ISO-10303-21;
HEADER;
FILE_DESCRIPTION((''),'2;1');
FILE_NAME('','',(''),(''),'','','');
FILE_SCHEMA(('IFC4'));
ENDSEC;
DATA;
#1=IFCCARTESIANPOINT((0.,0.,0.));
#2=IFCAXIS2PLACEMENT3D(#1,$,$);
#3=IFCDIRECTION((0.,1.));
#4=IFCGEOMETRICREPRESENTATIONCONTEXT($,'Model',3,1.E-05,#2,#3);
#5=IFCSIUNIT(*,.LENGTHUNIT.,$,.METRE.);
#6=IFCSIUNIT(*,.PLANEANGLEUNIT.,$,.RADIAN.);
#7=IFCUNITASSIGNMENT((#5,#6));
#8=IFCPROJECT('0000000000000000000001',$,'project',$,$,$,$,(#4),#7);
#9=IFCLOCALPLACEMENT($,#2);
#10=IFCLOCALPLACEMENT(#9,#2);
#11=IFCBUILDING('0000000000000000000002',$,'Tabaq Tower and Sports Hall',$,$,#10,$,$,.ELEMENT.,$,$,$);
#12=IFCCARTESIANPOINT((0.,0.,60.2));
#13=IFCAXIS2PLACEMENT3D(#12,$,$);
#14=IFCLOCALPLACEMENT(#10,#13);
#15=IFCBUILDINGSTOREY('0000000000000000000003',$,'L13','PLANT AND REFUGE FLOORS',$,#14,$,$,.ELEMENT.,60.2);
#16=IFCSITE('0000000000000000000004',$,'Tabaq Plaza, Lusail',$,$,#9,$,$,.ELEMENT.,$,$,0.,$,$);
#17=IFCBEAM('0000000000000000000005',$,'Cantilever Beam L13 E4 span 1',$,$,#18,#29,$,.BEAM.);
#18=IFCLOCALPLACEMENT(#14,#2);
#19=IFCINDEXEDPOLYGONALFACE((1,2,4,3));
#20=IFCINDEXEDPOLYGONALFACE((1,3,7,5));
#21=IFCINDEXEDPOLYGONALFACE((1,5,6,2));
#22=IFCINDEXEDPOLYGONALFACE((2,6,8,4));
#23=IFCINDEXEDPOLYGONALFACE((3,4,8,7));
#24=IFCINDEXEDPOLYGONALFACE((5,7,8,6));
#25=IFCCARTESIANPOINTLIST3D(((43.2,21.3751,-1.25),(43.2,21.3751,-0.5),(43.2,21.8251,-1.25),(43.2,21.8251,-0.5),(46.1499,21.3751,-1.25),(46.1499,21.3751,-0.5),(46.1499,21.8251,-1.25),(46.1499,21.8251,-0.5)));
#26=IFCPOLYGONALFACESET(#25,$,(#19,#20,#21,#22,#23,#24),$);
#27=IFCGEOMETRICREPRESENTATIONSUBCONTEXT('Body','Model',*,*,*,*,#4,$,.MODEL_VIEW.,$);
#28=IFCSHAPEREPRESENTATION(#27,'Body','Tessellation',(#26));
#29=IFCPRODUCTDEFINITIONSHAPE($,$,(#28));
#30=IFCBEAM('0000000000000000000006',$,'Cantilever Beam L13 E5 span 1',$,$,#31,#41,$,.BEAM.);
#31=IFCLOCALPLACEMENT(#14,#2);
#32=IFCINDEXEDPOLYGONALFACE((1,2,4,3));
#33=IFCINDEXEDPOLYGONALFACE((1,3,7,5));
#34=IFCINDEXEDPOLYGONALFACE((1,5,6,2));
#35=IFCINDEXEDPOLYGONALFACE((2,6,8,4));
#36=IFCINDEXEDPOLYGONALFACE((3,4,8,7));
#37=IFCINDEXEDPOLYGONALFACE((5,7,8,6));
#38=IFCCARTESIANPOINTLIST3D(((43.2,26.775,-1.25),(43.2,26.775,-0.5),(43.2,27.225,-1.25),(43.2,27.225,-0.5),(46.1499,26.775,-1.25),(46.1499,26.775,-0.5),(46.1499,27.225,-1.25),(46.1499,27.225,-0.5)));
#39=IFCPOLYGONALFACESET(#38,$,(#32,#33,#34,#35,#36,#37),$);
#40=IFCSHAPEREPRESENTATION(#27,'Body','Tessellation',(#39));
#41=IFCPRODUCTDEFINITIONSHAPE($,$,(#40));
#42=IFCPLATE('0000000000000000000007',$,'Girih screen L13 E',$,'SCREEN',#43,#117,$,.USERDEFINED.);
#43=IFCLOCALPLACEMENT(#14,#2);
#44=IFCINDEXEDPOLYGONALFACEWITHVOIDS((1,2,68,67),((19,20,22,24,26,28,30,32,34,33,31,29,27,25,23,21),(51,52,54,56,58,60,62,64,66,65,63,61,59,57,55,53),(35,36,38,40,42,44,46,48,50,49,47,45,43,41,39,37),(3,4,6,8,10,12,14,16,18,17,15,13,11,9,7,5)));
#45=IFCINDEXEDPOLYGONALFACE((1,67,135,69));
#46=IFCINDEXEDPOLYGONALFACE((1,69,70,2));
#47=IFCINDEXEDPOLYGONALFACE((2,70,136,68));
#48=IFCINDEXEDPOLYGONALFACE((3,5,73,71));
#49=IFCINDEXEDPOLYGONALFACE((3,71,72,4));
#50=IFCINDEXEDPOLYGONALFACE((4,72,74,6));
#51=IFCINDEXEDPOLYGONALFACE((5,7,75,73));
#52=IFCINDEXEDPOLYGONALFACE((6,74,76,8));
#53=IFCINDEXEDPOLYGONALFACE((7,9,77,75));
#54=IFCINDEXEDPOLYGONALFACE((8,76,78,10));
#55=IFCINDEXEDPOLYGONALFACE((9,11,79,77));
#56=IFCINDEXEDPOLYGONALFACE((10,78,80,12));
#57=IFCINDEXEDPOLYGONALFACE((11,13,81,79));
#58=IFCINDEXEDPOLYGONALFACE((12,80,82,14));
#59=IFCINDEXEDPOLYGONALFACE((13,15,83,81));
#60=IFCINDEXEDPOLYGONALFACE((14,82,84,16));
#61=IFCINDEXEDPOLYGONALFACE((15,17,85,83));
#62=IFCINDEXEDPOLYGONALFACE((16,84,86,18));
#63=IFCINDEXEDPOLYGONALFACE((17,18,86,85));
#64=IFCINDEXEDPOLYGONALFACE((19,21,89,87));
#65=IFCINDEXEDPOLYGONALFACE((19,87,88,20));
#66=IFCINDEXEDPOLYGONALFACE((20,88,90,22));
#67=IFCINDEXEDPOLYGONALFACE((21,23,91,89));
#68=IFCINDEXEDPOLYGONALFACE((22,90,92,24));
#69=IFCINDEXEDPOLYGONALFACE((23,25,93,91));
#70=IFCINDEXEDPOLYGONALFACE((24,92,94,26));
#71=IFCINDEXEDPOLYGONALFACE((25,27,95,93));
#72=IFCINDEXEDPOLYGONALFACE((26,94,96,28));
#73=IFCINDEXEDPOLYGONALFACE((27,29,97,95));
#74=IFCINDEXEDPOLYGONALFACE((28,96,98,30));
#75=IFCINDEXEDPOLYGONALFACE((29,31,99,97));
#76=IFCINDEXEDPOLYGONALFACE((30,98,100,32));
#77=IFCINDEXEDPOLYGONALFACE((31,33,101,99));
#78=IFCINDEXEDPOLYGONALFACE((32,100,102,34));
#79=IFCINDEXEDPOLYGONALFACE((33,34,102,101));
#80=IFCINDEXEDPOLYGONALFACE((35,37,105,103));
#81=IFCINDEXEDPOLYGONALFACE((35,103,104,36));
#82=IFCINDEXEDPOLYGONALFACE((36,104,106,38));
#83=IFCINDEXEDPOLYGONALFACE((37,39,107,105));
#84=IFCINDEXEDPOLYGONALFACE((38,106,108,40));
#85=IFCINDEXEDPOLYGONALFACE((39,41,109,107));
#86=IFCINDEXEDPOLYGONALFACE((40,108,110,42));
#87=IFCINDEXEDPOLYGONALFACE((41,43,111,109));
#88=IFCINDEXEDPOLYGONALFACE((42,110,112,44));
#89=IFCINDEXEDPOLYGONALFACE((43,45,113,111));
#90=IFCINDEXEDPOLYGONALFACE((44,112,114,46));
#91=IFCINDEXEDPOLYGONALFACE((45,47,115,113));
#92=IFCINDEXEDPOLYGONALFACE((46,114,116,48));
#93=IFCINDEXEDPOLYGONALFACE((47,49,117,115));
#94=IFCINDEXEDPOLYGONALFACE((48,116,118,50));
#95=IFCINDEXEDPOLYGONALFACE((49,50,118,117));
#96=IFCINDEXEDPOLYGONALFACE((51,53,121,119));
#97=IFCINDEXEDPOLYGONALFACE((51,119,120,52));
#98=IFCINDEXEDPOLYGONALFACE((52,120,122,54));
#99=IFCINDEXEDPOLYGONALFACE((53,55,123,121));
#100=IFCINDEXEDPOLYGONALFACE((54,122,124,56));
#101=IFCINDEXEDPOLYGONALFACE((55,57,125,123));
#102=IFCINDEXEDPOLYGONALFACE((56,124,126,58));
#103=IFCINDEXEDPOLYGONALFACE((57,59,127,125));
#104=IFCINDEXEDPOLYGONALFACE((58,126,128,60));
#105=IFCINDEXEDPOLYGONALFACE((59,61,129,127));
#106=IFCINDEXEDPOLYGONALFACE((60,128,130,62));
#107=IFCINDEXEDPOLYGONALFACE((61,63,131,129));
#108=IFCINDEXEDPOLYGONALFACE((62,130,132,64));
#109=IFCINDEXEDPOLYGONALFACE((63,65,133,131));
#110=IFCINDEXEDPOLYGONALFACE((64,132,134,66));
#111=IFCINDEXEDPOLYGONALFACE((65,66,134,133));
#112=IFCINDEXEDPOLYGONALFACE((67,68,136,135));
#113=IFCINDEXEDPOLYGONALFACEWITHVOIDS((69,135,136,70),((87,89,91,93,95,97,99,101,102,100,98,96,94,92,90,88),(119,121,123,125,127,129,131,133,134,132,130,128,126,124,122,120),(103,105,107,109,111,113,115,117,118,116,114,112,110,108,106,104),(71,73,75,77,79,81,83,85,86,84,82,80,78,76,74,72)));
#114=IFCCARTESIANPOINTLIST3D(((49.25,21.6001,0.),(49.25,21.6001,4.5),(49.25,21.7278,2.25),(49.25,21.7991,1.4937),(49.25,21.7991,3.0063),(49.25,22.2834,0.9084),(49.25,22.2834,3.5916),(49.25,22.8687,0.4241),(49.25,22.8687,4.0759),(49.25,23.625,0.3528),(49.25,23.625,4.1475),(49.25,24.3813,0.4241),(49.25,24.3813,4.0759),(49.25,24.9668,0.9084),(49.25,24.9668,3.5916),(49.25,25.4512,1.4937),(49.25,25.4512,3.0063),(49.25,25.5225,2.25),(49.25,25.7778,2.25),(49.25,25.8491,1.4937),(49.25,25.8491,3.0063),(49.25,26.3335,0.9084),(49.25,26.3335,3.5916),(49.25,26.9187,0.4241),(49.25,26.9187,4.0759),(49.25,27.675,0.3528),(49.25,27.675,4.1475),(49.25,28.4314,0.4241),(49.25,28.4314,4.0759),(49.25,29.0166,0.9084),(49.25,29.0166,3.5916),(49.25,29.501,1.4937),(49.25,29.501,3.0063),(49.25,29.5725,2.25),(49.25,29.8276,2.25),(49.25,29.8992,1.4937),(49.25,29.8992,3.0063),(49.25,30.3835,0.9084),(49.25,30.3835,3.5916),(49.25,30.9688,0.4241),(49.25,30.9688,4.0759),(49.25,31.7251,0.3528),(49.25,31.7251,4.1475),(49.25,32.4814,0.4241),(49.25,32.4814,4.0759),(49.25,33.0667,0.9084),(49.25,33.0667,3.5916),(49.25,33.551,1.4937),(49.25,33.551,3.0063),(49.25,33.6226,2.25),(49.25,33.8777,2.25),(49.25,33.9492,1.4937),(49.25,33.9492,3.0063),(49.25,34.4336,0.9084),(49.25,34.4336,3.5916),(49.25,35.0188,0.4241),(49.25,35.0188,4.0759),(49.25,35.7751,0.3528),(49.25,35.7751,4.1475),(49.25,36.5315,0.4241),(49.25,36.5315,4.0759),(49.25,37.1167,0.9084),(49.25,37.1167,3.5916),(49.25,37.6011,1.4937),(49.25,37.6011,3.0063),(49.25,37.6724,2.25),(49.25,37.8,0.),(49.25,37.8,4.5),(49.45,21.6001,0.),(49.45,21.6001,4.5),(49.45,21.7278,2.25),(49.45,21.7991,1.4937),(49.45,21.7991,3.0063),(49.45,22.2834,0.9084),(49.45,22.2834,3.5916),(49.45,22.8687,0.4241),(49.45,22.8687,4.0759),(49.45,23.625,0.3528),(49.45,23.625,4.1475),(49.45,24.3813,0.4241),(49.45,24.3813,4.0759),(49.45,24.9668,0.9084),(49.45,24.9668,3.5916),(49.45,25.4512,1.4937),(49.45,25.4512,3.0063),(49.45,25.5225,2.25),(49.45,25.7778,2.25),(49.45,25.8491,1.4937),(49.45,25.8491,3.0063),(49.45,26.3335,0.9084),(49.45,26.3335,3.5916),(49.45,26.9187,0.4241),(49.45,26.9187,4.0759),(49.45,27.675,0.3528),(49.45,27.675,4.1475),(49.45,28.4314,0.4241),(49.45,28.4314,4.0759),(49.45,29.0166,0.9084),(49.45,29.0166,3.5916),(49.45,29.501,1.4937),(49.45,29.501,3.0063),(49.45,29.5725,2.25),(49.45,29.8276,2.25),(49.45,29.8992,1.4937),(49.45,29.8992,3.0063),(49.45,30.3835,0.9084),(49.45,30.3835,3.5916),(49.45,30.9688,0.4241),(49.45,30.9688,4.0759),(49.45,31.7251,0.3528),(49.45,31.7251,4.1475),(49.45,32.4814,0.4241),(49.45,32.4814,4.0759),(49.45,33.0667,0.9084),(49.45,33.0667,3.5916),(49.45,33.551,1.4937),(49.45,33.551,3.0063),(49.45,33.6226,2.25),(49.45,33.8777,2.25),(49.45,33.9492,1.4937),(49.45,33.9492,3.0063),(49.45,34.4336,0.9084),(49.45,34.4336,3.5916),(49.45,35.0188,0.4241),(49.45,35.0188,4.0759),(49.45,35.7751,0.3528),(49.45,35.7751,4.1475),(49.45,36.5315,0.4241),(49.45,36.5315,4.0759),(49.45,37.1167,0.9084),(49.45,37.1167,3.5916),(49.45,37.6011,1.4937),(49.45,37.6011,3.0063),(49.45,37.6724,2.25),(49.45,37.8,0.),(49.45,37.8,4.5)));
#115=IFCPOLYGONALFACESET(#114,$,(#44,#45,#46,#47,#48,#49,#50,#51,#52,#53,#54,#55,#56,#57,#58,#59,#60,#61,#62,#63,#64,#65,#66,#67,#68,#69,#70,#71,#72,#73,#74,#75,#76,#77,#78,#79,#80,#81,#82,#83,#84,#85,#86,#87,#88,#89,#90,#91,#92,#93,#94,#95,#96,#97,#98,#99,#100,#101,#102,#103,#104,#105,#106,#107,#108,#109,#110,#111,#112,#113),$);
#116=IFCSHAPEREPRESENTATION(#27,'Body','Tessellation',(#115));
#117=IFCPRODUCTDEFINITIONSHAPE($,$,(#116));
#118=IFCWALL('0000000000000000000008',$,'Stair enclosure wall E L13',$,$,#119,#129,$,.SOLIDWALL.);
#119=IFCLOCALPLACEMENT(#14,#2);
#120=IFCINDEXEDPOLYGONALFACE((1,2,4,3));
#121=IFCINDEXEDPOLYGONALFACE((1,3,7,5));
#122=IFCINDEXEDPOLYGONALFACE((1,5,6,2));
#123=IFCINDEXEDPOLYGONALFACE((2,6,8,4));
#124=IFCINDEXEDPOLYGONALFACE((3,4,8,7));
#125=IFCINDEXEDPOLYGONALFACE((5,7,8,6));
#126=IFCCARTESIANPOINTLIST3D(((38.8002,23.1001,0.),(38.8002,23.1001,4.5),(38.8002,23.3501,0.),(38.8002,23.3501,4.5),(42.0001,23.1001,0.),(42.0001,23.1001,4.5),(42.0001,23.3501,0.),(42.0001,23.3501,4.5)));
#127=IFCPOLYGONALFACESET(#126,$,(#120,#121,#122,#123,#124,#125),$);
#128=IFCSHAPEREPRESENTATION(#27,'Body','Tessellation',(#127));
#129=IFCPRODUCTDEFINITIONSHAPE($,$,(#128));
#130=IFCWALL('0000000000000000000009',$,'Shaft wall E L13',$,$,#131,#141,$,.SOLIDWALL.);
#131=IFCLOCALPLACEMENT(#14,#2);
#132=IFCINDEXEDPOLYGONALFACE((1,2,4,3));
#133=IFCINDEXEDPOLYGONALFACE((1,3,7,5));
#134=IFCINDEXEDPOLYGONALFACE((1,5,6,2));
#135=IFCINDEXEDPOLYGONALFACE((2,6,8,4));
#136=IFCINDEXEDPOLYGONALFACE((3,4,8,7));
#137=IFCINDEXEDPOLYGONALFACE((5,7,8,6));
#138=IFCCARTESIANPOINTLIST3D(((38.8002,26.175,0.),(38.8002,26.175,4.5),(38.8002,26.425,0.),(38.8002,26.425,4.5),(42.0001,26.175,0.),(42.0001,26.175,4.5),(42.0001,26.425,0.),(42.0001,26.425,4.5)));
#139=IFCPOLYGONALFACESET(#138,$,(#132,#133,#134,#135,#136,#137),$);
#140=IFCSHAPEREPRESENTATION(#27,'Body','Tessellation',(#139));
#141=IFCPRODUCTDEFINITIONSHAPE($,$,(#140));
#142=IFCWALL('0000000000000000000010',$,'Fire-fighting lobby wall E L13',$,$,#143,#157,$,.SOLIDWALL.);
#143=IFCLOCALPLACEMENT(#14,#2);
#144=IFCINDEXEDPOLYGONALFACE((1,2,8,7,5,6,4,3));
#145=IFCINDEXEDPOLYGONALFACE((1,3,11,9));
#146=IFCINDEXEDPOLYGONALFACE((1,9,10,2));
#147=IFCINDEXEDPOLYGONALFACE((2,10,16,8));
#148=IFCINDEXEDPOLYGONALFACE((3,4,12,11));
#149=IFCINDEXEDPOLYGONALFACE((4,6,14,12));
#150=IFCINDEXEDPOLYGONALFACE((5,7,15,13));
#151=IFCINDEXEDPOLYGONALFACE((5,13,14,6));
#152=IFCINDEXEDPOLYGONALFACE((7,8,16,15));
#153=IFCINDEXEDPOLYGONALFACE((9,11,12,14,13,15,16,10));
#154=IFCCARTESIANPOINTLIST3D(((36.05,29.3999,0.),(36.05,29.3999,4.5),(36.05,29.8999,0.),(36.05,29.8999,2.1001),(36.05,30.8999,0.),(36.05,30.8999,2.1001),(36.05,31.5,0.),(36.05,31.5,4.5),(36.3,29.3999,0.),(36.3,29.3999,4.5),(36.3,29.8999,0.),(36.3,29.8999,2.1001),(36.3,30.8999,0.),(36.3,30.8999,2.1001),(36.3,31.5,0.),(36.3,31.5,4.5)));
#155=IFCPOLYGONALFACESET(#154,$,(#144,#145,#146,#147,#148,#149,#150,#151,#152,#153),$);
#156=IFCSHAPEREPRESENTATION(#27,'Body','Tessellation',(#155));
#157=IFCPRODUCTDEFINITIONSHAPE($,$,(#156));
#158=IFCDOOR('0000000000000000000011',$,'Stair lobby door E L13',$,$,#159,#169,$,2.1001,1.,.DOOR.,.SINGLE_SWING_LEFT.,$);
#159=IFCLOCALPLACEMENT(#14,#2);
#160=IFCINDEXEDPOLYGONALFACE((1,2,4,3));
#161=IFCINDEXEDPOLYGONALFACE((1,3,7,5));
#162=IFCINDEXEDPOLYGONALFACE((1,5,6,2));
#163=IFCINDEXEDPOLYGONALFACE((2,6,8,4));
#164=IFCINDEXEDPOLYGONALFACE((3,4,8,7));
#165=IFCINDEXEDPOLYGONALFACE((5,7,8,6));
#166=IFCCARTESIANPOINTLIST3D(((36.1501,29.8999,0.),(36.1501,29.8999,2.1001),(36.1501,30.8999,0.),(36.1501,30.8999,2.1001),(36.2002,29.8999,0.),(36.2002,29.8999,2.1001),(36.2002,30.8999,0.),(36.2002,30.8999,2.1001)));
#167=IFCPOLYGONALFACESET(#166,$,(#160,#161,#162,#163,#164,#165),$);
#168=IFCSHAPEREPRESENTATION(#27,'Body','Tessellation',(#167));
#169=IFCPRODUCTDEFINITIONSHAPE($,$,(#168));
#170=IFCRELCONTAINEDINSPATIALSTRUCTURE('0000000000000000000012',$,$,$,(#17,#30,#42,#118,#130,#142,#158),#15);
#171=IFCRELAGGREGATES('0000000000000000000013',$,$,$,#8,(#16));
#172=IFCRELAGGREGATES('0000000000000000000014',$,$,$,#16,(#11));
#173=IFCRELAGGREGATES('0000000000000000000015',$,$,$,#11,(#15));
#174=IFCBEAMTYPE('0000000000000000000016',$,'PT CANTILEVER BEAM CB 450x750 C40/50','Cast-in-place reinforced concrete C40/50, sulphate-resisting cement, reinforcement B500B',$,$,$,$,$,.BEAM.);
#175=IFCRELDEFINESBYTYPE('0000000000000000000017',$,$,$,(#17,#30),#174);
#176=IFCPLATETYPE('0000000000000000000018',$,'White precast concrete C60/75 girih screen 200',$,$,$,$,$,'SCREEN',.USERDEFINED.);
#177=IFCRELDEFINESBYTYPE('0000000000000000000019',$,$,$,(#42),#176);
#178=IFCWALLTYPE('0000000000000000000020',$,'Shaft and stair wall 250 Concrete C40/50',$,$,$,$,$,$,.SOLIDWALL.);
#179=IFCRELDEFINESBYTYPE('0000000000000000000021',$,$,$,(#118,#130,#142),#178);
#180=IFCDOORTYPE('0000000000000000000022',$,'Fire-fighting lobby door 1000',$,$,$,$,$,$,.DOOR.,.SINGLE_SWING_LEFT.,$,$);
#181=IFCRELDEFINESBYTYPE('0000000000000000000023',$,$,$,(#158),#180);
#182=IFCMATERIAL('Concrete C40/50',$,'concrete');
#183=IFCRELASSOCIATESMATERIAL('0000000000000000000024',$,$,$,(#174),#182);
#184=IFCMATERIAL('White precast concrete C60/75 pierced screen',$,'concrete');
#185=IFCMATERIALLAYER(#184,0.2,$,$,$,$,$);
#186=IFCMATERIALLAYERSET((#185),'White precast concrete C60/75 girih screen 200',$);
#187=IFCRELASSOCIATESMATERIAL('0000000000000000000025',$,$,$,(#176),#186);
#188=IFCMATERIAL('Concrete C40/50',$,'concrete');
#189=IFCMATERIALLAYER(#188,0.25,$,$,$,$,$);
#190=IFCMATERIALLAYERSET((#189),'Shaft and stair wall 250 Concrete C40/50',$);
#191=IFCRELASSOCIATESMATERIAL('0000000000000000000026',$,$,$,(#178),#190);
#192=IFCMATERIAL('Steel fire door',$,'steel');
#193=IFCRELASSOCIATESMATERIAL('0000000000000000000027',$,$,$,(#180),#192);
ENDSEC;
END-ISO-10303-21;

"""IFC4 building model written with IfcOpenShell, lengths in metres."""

from ifc_helpers import new_model, si_unit, direction, frame, frame_2d, origin, origin_2d, place, context, subcontext, project, spatial, polyline, rectangle, outline, extrude, material, layer, layer_set, material_profile, profile_set, type_object, element, fill, save


model = new_model("IFC4")

# Units and contexts
model_context = context("Model", 3, precision=1e-05, world=origin(), true_north=direction((0.0, 1.0)))
body_context = subcontext(model_context, "Body", "Model", "MODEL_VIEW")
ifc_project = project(units=[si_unit("LENGTHUNIT", "METRE"), si_unit("PLANEANGLEUNIT", "RADIAN")], contexts=[model_context])

# Site, building, storey
site_placement = place(None, origin())
site = spatial("IfcSite", under=ifc_project, at=site_placement, Name="Tabaq Plaza, Lusail", CompositionType="ELEMENT", RefElevation=0.0)
building_placement = place(site_placement, origin())
building = spatial("IfcBuilding", under=site, at=building_placement, Name="Tabaq Tower and Sports Hall", CompositionType="ELEMENT")
storey_placement = place(building_placement, frame((0.0, 0.0, 60.2)))
storey = spatial("IfcBuildingStorey", under=building, at=storey_placement, Name="L13", Description="PLANT AND REFUGE FLOORS", CompositionType="ELEMENT", Elevation=60.2)

# Beams
ifc_material_1 = material(Name="Concrete C40/50", Category="concrete")
ifc_material_profile = material_profile(ifc_material_1, rectangle(XDim=0.45, YDim=0.75, at=origin_2d()), Name="CB 450x750")
ifc_profile_set = profile_set([ifc_material_profile], Name="Concrete C40/50")
beam_type = type_object("IfcBeamType", Name="PT CANTILEVER BEAM CB 450x750 C40/50", Description="Cast-in-place reinforced concrete C40/50, sulphate-resisting cement, reinforcement B500B", PredefinedType="BEAM", material=ifc_profile_set)
for number, where, z_axis, x_axis, name in (
    (1, (46.1499, 21.6001, -0.875), (-1.0, 0.0, 0.0), (0.0, -1.0, 0.0), "Cantilever Beam L13 E4 span 1"),
    (2, (46.1499, 27.0, -0.875), (-1.0, 0.0, 0.0), (0.0, -1.0, 0.0), "Cantilever Beam L13 E5 span 1"),
):
    element("IfcBeam", number, at=place(storey_placement, frame(where, z_axis=z_axis, x_axis=x_axis)), inside=storey, type_object=beam_type, Name=name, PredefinedType="BEAM", context=body_context, shape_type="SweptSolid", body=[
        extrude(rectangle(XDim=0.45, YDim=0.75, at=origin_2d()), origin(), (0.0, 0.0, 1.0), 2.95),
    ])

# Plate
ifc_material_2 = material(Name="White precast concrete C60/75 pierced screen", Category="concrete")
ifc_layer_1 = layer(ifc_material_2, 0.2)
ifc_layer_set_1 = layer_set([ifc_layer_1], Name="White precast concrete C60/75 girih screen 200")
plate_type = type_object("IfcPlateType", Name="White precast concrete C60/75 girih screen 200", ElementType="SCREEN", PredefinedType="USERDEFINED", material=ifc_layer_set_1)
plate_placement = place(storey_placement, frame((49.3501, 21.6001, 0.0), z_axis=(0.0, 0.0, 1.0), x_axis=(0.0, 1.0, 0.0)))
element("IfcPlate", 3, at=plate_placement, inside=storey, type_object=plate_type, Name="Girih screen L13 E", ObjectType="SCREEN", PredefinedType="USERDEFINED", context=body_context, shape_type="SweptSolid", body=[
    extrude(outline(polyline([(0.0, 0.0), (16.2, 0.0), (16.2, 4.5), (0.0, 4.5), (0.0, 0.0)]), holes=[polyline([(3.8511, 3.0063), (3.3667, 3.5916), (2.7812, 4.0759), (2.0249, 4.1475), (1.2686, 4.0759), (0.6833, 3.5916), (0.199, 3.0063), (0.1277, 2.25), (0.199, 1.4937), (0.6833, 0.9084), (1.2686, 0.4241), (2.0249, 0.3528), (2.7812, 0.4241), (3.3667, 0.9084), (3.8511, 1.4937), (3.9224, 2.25), (3.8511, 3.0063)]), polyline([(7.9009, 3.0063), (7.4165, 3.5916), (6.8313, 4.0759), (6.075, 4.1475), (5.3186, 4.0759), (4.7334, 3.5916), (4.249, 3.0063), (4.1777, 2.25), (4.249, 1.4937), (4.7334, 0.9084), (5.3186, 0.4241), (6.075, 0.3528), (6.8313, 0.4241), (7.4165, 0.9084), (7.9009, 1.4937), (7.9724, 2.25), (7.9009, 3.0063)]), polyline([(11.9509, 3.0063), (11.4666, 3.5916), (10.8813, 4.0759), (10.125, 4.1475), (9.3687, 4.0759), (8.7834, 3.5916), (8.2991, 3.0063), (8.2275, 2.25), (8.2991, 1.4937), (8.7834, 0.9084), (9.3687, 0.4241), (10.125, 0.3528), (10.8813, 0.4241), (11.4666, 0.9084), (11.9509, 1.4937), (12.0225, 2.25), (11.9509, 3.0063)]), polyline([(16.001, 3.0063), (15.5166, 3.5916), (14.9314, 4.0759), (14.175, 4.1475), (13.4187, 4.0759), (12.8335, 3.5916), (12.3491, 3.0063), (12.2776, 2.25), (12.3491, 1.4937), (12.8335, 0.9084), (13.4187, 0.4241), (14.175, 0.3528), (14.9314, 0.4241), (15.5166, 0.9084), (16.001, 1.4937), (16.0723, 2.25), (16.001, 3.0063)])]), frame((0.0, 0.1001, 0.0), z_axis=(0.0, -1.0, 0.0), x_axis=(1.0, 0.0, 0.0)), (0.0, 0.0, 1.0), 0.2),
])

# Walls
ifc_material_3 = material(Name="Concrete C40/50", Category="concrete")
ifc_layer_2 = layer(ifc_material_3, 0.25)
ifc_layer_set_2 = layer_set([ifc_layer_2], Name="Shaft and stair wall 250 Concrete C40/50")
wall_type_1 = type_object("IfcWallType", Name="Shaft and stair wall 250 Concrete C40/50", PredefinedType="SOLIDWALL", material=ifc_layer_set_2)
for number, where, z_axis, x_axis, name in (
    (4, (38.8, 23.2251, 0.0), (0.0, 0.0, 1.0), (1.0, 0.0, 0.0), "Stair enclosure wall E L13"),
    (5, (38.8, 26.3, 0.0), (0.0, 0.0, 1.0), (1.0, 0.0, 0.0), "Shaft wall E L13"),
):
    element("IfcWall", number, at=place(storey_placement, frame(where, z_axis=z_axis, x_axis=x_axis)), inside=storey, type_object=wall_type_1, Name=name, PredefinedType="SOLIDWALL", context=body_context, shape_type="SweptSolid", body=[
        extrude(rectangle(XDim=3.2, YDim=0.25, at=frame_2d((1.6001, 0.0))), origin(), (0.0, 0.0, 1.0), 4.5),
    ])

# Wall, opening, door
wall_1_placement = place(storey_placement, frame((36.175, 29.3999, 0.0), z_axis=(0.0, 0.0, 1.0), x_axis=(0.0, 1.0, 0.0)))
wall_1 = element("IfcWall", 6, at=wall_1_placement, inside=storey, type_object=wall_type_1, Name="Fire-fighting lobby wall E L13", PredefinedType="SOLIDWALL", context=body_context, shape_type="SweptSolid", body=[
    extrude(rectangle(XDim=2.1001, YDim=0.25, at=frame_2d((1.05, 0.0))), origin(), (0.0, 0.0, 1.0), 4.5),
])
opening_1_placement = place(wall_1_placement, frame((0.5, 0.0, 0.0)))
opening_1 = element("IfcOpeningElement", 7, at=opening_1_placement, cuts=wall_1, PredefinedType="OPENING", context=body_context, shape_type="SweptSolid", body=[
    extrude(rectangle(XDim=1.0, YDim=2.1001, at=frame_2d((0.5, 1.05))), frame((0.0, 0.125, 0.0), z_axis=(0.0, -1.0, 0.0), x_axis=(1.0, 0.0, 0.0)), (0.0, 0.0, 1.0), 0.25),
])
ifc_material_4 = material(Name="Steel fire door", Category="steel")
door_type_1 = type_object("IfcDoorType", Name="Fire-fighting lobby door 1000", OperationType="SINGLE_SWING_LEFT", PredefinedType="DOOR", material=ifc_material_4)
door_1_placement = place(opening_1_placement, origin())
door_1 = element("IfcDoor", 8, at=door_1_placement, inside=storey, type_object=door_type_1, Name="Stair lobby door E L13", OperationType="SINGLE_SWING_LEFT", OverallHeight=2.1001, OverallWidth=1.0, PredefinedType="DOOR", context=body_context, shape_type="SweptSolid", body=[
    extrude(rectangle(XDim=1.0, YDim=2.1001, at=frame_2d((0.5, 1.05))), frame((0.0, 0.0249, 0.0), z_axis=(0.0, -1.0, 0.0), x_axis=(1.0, 0.0, 0.0)), (0.0, 0.0, 1.0), 0.05),
])
fill(opening_1, door_1)

save(model, "model.ifc")
